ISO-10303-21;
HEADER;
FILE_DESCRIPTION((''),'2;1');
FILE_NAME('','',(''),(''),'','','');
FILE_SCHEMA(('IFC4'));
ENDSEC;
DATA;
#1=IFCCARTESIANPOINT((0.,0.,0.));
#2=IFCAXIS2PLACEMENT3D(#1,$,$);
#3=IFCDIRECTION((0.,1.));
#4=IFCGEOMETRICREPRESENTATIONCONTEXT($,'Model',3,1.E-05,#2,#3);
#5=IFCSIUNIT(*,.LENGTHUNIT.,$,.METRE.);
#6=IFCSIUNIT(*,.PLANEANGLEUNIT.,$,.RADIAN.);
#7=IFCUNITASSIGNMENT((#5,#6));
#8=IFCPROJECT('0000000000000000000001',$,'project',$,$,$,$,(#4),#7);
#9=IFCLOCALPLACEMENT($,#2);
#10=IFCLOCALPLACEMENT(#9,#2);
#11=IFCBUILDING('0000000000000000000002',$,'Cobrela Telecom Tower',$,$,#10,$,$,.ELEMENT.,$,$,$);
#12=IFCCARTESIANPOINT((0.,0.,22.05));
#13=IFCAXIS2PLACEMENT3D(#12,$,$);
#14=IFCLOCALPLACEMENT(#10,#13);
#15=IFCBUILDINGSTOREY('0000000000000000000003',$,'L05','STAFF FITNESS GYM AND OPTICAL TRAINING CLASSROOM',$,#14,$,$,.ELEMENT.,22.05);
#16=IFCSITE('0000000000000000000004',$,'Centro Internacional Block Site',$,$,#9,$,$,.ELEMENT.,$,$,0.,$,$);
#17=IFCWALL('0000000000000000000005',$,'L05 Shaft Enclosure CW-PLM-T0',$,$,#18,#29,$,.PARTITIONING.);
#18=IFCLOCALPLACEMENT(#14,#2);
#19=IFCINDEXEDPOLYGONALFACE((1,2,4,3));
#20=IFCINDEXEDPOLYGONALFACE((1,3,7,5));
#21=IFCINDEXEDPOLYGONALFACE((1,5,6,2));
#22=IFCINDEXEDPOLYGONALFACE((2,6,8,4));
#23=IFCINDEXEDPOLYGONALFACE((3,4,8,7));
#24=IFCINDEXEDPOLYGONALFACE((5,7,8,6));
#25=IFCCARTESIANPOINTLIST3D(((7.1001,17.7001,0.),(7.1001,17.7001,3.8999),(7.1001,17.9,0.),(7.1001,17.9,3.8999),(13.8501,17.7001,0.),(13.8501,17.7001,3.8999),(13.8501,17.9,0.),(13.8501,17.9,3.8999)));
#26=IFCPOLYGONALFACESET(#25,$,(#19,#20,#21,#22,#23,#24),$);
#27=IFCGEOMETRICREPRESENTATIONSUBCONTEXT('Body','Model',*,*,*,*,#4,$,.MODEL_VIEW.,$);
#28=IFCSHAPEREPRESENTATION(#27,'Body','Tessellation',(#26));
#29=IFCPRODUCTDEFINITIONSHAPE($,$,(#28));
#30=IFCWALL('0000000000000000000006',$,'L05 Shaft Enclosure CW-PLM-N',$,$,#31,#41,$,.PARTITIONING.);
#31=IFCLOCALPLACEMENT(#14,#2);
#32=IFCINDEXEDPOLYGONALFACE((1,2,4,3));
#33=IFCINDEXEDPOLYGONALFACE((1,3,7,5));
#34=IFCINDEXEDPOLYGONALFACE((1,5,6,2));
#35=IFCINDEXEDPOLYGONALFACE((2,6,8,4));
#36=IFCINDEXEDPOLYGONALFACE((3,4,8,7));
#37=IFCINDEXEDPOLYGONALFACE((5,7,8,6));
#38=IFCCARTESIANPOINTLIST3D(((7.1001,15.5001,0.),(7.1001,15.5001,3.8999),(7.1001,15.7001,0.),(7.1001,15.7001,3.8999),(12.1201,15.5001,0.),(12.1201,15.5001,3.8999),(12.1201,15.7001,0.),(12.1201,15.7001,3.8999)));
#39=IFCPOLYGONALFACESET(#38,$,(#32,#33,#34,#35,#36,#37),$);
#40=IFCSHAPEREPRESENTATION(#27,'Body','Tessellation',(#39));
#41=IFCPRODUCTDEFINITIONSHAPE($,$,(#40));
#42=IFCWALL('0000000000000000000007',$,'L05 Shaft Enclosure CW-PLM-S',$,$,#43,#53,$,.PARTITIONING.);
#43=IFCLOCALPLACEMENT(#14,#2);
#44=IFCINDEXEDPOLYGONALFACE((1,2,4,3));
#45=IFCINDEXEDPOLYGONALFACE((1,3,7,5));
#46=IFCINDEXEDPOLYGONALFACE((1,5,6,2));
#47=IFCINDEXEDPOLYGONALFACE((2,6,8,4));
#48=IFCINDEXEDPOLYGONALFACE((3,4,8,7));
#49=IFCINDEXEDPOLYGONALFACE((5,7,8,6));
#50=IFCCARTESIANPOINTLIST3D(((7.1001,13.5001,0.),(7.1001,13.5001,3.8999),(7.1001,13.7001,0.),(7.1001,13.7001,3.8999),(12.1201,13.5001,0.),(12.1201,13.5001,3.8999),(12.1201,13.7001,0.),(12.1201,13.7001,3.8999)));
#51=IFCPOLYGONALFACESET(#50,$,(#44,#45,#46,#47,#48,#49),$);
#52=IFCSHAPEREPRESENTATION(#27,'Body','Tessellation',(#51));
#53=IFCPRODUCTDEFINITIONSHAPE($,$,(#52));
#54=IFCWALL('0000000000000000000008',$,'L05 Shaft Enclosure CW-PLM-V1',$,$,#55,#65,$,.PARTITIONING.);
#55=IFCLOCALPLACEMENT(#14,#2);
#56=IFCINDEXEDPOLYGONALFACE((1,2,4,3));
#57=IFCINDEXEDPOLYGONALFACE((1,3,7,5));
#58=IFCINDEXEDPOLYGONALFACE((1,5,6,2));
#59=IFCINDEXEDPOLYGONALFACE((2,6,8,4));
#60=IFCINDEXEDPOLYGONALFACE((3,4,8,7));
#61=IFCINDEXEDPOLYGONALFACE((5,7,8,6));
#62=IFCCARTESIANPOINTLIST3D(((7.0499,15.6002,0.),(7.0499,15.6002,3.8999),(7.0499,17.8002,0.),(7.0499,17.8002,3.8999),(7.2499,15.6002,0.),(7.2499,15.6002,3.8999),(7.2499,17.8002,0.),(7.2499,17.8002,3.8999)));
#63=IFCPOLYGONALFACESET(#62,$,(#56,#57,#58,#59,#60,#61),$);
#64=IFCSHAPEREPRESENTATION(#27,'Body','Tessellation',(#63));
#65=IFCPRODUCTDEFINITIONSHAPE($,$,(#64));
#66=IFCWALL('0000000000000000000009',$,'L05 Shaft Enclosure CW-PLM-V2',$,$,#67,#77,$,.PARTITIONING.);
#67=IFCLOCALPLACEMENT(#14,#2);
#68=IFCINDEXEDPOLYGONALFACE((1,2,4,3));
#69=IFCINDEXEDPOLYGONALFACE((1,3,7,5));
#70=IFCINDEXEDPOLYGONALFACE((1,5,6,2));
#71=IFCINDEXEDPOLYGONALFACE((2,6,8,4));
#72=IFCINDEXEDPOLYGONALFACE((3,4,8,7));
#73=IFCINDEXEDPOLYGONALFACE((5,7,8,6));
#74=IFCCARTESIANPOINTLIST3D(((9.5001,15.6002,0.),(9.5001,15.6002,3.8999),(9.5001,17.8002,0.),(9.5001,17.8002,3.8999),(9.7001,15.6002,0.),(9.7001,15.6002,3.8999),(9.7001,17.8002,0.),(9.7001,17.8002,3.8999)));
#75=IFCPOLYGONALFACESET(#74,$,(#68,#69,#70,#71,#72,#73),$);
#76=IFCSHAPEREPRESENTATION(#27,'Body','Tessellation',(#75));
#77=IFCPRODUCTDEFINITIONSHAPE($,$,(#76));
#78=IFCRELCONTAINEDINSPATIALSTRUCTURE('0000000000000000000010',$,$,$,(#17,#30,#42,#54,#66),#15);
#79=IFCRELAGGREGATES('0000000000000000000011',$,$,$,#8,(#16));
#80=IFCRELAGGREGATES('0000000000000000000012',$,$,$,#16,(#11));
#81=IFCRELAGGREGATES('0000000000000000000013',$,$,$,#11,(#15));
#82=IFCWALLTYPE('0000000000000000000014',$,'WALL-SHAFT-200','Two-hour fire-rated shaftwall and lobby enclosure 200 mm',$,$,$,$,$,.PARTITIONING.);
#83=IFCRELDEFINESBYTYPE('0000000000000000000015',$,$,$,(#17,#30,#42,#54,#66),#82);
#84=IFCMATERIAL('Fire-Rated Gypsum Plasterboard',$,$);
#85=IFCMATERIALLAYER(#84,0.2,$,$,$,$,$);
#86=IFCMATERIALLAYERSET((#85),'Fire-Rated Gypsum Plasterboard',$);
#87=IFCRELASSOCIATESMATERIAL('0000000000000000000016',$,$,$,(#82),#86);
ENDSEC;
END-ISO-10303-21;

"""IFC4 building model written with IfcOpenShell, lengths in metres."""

from ifc_helpers import new_model, si_unit, direction, frame, frame_2d, origin, place, context, subcontext, project, spatial, rectangle, extrude, material, layer, layer_set, type_object, element, save


model = new_model("IFC4")

# Units and contexts
model_context = context("Model", 3, precision=1e-05, world=origin(), true_north=direction((0.0, 1.0)))
body_context = subcontext(model_context, "Body", "Model", "MODEL_VIEW")
ifc_project = project(units=[si_unit("LENGTHUNIT", "METRE"), si_unit("PLANEANGLEUNIT", "RADIAN")], contexts=[model_context])

# Site, building, storey
site_placement = place(None, origin())
site = spatial("IfcSite", under=ifc_project, at=site_placement, Name="Centro Internacional Block Site", CompositionType="ELEMENT", RefElevation=0.0)
building_placement = place(site_placement, origin())
building = spatial("IfcBuilding", under=site, at=building_placement, Name="Cobrela Telecom Tower", CompositionType="ELEMENT")
storey_placement = place(building_placement, frame((0.0, 0.0, 22.05)))
storey = spatial("IfcBuildingStorey", under=building, at=storey_placement, Name="L05", Description="STAFF FITNESS GYM AND OPTICAL TRAINING CLASSROOM", CompositionType="ELEMENT", Elevation=22.05)

# Shared definitions
ifc_material_1 = material(Name="Fire-Rated Gypsum Plasterboard")

# Walls
ifc_layer_1 = layer(ifc_material_1, 0.2)
ifc_layer_set_1 = layer_set([ifc_layer_1], Name="Fire-Rated Gypsum Plasterboard")
wall_type_1 = type_object("IfcWallType", Name="WALL-SHAFT-200", Description="Two-hour fire-rated shaftwall and lobby enclosure 200 mm", PredefinedType="PARTITIONING", material=ifc_layer_set_1)
wall_1_placement = place(storey_placement, frame((7.1001, 17.8, 0.0), z_axis=(0.0, 0.0, 1.0), x_axis=(1.0, 0.0, 0.0)))
element("IfcWall", 1, at=wall_1_placement, inside=storey, type_object=wall_type_1, Name="L05 Shaft Enclosure CW-PLM-T0", PredefinedType="PARTITIONING", context=body_context, shape_type="SweptSolid", body=[
    extrude(rectangle(XDim=6.75, YDim=0.2, at=frame_2d((3.375, 0.0))), origin(), (0.0, 0.0, 1.0), 3.8999),
])
for number, where, z_axis, x_axis, name in (
    (2, (7.1001, 15.6001, 0.0), (0.0, 0.0, 1.0), (1.0, 0.0, 0.0), "L05 Shaft Enclosure CW-PLM-N"),
    (3, (7.1001, 13.6001, 0.0), (0.0, 0.0, 1.0), (1.0, 0.0, 0.0), "L05 Shaft Enclosure CW-PLM-S"),
):
    element("IfcWall", number, at=place(storey_placement, frame(where, z_axis=z_axis, x_axis=x_axis)), inside=storey, type_object=wall_type_1, Name=name, PredefinedType="PARTITIONING", context=body_context, shape_type="SweptSolid", body=[
        extrude(rectangle(XDim=5.02, YDim=0.2, at=frame_2d((2.51, 0.0))), origin(), (0.0, 0.0, 1.0), 3.8999),
    ])
for number, where, z_axis, x_axis, name in (
    (4, (7.1499, 15.6001, 0.0), (0.0, 0.0, 1.0), (0.0, 1.0, 0.0), "L05 Shaft Enclosure CW-PLM-V1"),
    (5, (9.6001, 15.6001, 0.0), (0.0, 0.0, 1.0), (0.0, 1.0, 0.0), "L05 Shaft Enclosure CW-PLM-V2"),
):
    element("IfcWall", number, at=place(storey_placement, frame(where, z_axis=z_axis, x_axis=x_axis)), inside=storey, type_object=wall_type_1, Name=name, PredefinedType="PARTITIONING", context=body_context, shape_type="SweptSolid", body=[
        extrude(rectangle(XDim=2.2, YDim=0.2, at=frame_2d((1.1001, 0.0))), origin(), (0.0, 0.0, 1.0), 3.8999),
    ])

save(model, "model.ifc")
